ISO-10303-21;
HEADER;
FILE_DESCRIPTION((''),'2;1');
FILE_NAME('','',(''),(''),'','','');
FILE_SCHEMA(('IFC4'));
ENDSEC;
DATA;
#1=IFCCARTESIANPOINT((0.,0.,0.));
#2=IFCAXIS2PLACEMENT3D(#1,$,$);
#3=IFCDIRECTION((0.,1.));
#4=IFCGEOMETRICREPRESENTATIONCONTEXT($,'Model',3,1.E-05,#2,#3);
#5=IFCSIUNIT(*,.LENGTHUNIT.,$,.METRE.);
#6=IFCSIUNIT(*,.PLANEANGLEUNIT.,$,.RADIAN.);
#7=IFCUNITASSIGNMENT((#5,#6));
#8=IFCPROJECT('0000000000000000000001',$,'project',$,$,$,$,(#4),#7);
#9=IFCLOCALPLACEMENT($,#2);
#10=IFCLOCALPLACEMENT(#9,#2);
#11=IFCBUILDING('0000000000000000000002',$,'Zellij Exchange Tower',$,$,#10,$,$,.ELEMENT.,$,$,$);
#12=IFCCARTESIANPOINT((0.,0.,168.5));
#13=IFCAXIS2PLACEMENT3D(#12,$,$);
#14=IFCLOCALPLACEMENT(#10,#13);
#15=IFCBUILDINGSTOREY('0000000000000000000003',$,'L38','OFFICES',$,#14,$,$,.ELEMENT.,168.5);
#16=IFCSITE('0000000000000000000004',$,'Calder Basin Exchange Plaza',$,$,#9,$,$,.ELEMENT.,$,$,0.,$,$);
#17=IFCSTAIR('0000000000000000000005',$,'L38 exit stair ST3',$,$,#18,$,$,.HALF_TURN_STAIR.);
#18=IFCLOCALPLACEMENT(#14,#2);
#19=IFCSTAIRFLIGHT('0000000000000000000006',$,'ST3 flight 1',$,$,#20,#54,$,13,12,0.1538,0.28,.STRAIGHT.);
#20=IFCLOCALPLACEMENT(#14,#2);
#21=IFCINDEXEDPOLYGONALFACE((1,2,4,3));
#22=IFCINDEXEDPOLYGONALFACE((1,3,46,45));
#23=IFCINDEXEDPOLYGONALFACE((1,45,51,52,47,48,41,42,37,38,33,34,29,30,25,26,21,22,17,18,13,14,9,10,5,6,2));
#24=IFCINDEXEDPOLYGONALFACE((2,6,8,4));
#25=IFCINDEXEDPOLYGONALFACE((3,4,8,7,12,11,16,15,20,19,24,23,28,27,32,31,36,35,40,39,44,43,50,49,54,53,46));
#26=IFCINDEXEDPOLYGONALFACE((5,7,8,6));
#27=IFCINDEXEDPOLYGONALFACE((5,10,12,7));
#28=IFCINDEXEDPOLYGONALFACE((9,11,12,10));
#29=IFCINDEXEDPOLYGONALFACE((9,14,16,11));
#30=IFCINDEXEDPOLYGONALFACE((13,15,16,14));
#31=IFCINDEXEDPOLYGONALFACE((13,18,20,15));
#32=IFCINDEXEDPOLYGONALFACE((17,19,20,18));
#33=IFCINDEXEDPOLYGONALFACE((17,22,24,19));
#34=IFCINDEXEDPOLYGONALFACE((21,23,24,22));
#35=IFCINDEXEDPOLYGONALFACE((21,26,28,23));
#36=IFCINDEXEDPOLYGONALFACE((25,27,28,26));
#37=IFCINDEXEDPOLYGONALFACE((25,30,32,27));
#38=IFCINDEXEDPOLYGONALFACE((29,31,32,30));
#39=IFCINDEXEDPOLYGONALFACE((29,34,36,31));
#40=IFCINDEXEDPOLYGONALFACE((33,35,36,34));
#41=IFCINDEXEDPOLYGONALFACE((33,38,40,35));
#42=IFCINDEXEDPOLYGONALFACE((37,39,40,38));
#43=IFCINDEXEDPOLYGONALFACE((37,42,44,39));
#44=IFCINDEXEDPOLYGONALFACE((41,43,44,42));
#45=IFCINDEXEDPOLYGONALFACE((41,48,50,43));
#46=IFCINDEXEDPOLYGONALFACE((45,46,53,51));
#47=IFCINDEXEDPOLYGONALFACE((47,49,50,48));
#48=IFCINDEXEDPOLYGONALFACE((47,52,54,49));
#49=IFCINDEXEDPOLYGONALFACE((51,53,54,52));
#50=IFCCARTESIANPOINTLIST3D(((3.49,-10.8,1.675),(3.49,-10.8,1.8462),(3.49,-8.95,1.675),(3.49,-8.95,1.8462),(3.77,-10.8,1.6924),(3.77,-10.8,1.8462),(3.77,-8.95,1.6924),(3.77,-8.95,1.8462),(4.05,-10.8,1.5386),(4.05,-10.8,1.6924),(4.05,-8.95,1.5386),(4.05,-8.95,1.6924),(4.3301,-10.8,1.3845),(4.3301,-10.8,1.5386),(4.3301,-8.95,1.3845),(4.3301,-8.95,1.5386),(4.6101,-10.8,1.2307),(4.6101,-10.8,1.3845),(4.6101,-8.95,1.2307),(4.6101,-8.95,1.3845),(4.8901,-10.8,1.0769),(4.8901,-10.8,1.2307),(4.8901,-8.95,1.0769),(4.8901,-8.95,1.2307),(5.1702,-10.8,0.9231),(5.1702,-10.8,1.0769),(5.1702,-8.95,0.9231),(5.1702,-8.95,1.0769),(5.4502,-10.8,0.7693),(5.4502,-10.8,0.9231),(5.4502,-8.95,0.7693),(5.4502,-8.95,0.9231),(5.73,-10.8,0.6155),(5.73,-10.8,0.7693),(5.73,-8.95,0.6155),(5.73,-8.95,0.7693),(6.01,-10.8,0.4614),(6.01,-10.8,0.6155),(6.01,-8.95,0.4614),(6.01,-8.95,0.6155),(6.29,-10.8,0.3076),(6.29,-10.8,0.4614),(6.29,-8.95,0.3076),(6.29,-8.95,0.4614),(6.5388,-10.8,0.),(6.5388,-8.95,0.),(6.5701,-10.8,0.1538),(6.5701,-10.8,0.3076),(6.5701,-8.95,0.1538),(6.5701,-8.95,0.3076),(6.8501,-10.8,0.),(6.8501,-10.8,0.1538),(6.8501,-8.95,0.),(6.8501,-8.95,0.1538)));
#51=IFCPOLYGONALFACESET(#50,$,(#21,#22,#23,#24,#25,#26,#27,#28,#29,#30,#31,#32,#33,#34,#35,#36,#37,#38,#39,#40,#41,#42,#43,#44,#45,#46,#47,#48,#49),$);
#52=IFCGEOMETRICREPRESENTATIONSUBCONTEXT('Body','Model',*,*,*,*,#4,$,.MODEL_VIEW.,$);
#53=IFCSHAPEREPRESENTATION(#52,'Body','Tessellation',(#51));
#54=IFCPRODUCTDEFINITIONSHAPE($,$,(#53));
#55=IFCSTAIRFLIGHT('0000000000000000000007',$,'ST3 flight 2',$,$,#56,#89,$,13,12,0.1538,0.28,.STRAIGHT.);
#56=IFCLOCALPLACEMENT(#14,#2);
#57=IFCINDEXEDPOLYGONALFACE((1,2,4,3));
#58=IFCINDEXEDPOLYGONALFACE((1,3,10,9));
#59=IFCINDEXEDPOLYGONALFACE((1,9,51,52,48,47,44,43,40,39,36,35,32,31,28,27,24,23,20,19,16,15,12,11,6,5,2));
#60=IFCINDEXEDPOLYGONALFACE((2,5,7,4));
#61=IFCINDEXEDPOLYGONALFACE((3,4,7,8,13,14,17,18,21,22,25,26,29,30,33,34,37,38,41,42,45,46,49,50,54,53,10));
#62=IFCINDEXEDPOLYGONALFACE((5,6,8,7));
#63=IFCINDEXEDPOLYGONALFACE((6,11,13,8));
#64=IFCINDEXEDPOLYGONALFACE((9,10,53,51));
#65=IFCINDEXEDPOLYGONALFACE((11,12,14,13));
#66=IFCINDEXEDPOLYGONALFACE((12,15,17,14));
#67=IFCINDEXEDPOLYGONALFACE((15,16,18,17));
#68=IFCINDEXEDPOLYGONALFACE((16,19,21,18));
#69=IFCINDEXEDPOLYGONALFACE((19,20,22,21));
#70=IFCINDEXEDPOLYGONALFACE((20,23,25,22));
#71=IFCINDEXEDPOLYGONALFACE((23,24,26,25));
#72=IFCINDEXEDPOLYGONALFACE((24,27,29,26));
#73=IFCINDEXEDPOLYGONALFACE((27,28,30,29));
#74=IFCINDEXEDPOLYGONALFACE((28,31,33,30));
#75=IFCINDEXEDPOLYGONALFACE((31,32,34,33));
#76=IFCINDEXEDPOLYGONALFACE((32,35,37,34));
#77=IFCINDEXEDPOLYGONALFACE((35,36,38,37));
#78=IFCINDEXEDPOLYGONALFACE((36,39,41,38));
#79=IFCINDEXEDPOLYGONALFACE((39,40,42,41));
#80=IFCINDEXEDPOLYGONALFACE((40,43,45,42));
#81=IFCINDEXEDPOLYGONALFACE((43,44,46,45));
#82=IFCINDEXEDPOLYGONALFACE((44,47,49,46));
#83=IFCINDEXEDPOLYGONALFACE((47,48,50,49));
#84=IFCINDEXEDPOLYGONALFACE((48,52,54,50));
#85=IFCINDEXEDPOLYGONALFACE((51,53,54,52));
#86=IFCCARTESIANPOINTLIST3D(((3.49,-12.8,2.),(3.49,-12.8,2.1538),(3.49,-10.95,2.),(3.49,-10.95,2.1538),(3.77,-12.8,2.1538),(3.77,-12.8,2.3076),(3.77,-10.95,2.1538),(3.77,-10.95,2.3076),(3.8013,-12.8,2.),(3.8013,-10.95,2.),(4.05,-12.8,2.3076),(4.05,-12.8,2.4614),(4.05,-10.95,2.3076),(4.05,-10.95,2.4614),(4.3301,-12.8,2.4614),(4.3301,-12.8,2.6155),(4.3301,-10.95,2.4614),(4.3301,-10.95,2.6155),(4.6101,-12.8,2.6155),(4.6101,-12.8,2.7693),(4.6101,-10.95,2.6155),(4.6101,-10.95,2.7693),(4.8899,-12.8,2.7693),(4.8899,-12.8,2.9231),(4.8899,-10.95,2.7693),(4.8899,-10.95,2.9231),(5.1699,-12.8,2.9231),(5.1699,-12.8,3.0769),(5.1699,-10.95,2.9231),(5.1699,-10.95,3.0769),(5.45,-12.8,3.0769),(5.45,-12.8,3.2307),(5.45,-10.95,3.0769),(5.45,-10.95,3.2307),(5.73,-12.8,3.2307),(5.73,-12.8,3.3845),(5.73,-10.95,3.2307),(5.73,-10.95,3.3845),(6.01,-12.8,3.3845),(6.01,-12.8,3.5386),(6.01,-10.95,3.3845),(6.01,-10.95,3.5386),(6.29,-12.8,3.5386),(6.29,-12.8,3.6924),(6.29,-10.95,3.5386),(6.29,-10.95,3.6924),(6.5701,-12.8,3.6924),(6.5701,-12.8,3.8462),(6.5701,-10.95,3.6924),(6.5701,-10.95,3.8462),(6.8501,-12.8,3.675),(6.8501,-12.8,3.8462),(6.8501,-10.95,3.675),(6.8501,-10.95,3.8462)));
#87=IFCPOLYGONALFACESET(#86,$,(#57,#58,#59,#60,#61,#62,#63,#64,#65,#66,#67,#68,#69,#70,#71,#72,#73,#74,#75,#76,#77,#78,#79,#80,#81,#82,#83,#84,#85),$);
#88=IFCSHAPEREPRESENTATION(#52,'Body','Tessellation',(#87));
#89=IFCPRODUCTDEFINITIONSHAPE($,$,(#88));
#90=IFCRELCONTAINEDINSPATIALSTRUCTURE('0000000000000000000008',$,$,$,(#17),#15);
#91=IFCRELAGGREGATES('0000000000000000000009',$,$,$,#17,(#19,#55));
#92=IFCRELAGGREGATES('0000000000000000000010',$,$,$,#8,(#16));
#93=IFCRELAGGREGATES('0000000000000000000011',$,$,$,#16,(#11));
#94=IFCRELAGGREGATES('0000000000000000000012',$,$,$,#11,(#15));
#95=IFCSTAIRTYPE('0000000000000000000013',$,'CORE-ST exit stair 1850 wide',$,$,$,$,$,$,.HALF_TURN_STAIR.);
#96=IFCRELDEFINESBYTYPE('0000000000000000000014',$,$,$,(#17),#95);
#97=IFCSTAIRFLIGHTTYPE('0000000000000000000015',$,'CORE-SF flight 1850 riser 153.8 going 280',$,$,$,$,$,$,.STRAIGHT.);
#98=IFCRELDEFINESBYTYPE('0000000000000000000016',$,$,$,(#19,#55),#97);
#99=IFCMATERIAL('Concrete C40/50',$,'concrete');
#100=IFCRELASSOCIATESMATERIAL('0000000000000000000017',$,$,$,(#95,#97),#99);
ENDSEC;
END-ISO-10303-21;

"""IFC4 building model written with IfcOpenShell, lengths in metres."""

from ifc_helpers import new_model, si_unit, direction, frame, origin, place, context, subcontext, project, spatial, polyline, outline, extrude, material, type_object, element, aggregate, save


model = new_model("IFC4")

# Units and contexts
model_context = context("Model", 3, precision=1e-05, world=origin(), true_north=direction((0.0, 1.0)))
body_context = subcontext(model_context, "Body", "Model", "MODEL_VIEW")
ifc_project = project(units=[si_unit("LENGTHUNIT", "METRE"), si_unit("PLANEANGLEUNIT", "RADIAN")], contexts=[model_context])

# Site, building, storey
site_placement = place(None, origin())
site = spatial("IfcSite", under=ifc_project, at=site_placement, Name="Calder Basin Exchange Plaza", CompositionType="ELEMENT", RefElevation=0.0)
building_placement = place(site_placement, origin())
building = spatial("IfcBuilding", under=site, at=building_placement, Name="Zellij Exchange Tower", CompositionType="ELEMENT")
storey_placement = place(building_placement, frame((0.0, 0.0, 168.5)))
storey = spatial("IfcBuildingStorey", under=building, at=storey_placement, Name="L38", Description="OFFICES", CompositionType="ELEMENT", Elevation=168.5)

# Stair, stair flights
ifc_material_1 = material(Name="Concrete C40/50", Category="concrete")
stair_type = type_object("IfcStairType", Name="CORE-ST exit stair 1850 wide", PredefinedType="HALF_TURN_STAIR", material=ifc_material_1)
stair_placement = place(storey_placement, origin())
stair = element("IfcStair", 1, at=stair_placement, inside=storey, type_object=stair_type, Name="L38 exit stair ST3", PredefinedType="HALF_TURN_STAIR")
stair_flight_type = type_object("IfcStairFlightType", Name="CORE-SF flight 1850 riser 153.8 going 280", PredefinedType="STRAIGHT", material=ifc_material_1)
stair_flight_1_placement = place(storey_placement, frame((6.8501, -9.875, 0.0), z_axis=(0.0, 0.0, 1.0), x_axis=(-1.0, 0.0, 0.0)))
stair_flight_1 = element("IfcStairFlight", 2, at=stair_flight_1_placement, type_object=stair_flight_type, Name="ST3 flight 1", NumberOfRisers=13, NumberOfTreads=12, PredefinedType="STRAIGHT", RiserHeight=0.1538, TreadLength=0.28, context=body_context, shape_type="SweptSolid", body=[
    extrude(outline(polyline([(0.0, 0.0), (0.0, 0.1538), (0.28, 0.1538), (0.28, 0.3076), (0.5601, 0.3076), (0.5601, 0.4614), (0.8401, 0.4614), (0.8401, 0.6155), (1.1201, 0.6155), (1.1201, 0.7693), (1.3999, 0.7693), (1.3999, 0.9231), (1.6799, 0.9231), (1.6799, 1.0769), (1.96, 1.0769), (1.96, 1.2307), (2.24, 1.2307), (2.24, 1.3845), (2.52, 1.3845), (2.52, 1.5386), (2.8, 1.5386), (2.8, 1.6924), (3.0801, 1.6924), (3.0801, 1.8462), (3.3601, 1.8462), (3.3601, 2.0), (3.3601, 1.675), (0.3113, 0.0), (0.0, 0.0)])), frame((0.0, 0.925, 0.0), z_axis=(0.0, -1.0, 0.0), x_axis=(1.0, 0.0, 0.0)), (0.0, 0.0, 1.0), 1.8501),
])
stair_flight_2_placement = place(storey_placement, frame((3.49, -11.875, 2.0), z_axis=(0.0, 0.0, 1.0), x_axis=(1.0, 0.0, 0.0)))
stair_flight_2 = element("IfcStairFlight", 3, at=stair_flight_2_placement, type_object=stair_flight_type, Name="ST3 flight 2", NumberOfRisers=13, NumberOfTreads=12, PredefinedType="STRAIGHT", RiserHeight=0.1538, TreadLength=0.28, context=body_context, shape_type="SweptSolid", body=[
    extrude(outline(polyline([(0.0, 0.0), (0.0, 0.1538), (0.28, 0.1538), (0.28, 0.3076), (0.5601, 0.3076), (0.5601, 0.4614), (0.8401, 0.4614), (0.8401, 0.6155), (1.1201, 0.6155), (1.1201, 0.7693), (1.3999, 0.7693), (1.3999, 0.9231), (1.6799, 0.9231), (1.6799, 1.0769), (1.96, 1.0769), (1.96, 1.2307), (2.24, 1.2307), (2.24, 1.3845), (2.52, 1.3845), (2.52, 1.5386), (2.8, 1.5386), (2.8, 1.6924), (3.0801, 1.6924), (3.0801, 1.8462), (3.3601, 1.8462), (3.3601, 2.0), (3.3601, 1.675), (0.3113, 0.0), (0.0, 0.0)])), frame((0.0, 0.925, 0.0), z_axis=(0.0, -1.0, 0.0), x_axis=(1.0, 0.0, 0.0)), (0.0, 0.0, 1.0), 1.8501),
])
aggregate(stair, [stair_flight_1, stair_flight_2])

save(model, "model.ifc")
